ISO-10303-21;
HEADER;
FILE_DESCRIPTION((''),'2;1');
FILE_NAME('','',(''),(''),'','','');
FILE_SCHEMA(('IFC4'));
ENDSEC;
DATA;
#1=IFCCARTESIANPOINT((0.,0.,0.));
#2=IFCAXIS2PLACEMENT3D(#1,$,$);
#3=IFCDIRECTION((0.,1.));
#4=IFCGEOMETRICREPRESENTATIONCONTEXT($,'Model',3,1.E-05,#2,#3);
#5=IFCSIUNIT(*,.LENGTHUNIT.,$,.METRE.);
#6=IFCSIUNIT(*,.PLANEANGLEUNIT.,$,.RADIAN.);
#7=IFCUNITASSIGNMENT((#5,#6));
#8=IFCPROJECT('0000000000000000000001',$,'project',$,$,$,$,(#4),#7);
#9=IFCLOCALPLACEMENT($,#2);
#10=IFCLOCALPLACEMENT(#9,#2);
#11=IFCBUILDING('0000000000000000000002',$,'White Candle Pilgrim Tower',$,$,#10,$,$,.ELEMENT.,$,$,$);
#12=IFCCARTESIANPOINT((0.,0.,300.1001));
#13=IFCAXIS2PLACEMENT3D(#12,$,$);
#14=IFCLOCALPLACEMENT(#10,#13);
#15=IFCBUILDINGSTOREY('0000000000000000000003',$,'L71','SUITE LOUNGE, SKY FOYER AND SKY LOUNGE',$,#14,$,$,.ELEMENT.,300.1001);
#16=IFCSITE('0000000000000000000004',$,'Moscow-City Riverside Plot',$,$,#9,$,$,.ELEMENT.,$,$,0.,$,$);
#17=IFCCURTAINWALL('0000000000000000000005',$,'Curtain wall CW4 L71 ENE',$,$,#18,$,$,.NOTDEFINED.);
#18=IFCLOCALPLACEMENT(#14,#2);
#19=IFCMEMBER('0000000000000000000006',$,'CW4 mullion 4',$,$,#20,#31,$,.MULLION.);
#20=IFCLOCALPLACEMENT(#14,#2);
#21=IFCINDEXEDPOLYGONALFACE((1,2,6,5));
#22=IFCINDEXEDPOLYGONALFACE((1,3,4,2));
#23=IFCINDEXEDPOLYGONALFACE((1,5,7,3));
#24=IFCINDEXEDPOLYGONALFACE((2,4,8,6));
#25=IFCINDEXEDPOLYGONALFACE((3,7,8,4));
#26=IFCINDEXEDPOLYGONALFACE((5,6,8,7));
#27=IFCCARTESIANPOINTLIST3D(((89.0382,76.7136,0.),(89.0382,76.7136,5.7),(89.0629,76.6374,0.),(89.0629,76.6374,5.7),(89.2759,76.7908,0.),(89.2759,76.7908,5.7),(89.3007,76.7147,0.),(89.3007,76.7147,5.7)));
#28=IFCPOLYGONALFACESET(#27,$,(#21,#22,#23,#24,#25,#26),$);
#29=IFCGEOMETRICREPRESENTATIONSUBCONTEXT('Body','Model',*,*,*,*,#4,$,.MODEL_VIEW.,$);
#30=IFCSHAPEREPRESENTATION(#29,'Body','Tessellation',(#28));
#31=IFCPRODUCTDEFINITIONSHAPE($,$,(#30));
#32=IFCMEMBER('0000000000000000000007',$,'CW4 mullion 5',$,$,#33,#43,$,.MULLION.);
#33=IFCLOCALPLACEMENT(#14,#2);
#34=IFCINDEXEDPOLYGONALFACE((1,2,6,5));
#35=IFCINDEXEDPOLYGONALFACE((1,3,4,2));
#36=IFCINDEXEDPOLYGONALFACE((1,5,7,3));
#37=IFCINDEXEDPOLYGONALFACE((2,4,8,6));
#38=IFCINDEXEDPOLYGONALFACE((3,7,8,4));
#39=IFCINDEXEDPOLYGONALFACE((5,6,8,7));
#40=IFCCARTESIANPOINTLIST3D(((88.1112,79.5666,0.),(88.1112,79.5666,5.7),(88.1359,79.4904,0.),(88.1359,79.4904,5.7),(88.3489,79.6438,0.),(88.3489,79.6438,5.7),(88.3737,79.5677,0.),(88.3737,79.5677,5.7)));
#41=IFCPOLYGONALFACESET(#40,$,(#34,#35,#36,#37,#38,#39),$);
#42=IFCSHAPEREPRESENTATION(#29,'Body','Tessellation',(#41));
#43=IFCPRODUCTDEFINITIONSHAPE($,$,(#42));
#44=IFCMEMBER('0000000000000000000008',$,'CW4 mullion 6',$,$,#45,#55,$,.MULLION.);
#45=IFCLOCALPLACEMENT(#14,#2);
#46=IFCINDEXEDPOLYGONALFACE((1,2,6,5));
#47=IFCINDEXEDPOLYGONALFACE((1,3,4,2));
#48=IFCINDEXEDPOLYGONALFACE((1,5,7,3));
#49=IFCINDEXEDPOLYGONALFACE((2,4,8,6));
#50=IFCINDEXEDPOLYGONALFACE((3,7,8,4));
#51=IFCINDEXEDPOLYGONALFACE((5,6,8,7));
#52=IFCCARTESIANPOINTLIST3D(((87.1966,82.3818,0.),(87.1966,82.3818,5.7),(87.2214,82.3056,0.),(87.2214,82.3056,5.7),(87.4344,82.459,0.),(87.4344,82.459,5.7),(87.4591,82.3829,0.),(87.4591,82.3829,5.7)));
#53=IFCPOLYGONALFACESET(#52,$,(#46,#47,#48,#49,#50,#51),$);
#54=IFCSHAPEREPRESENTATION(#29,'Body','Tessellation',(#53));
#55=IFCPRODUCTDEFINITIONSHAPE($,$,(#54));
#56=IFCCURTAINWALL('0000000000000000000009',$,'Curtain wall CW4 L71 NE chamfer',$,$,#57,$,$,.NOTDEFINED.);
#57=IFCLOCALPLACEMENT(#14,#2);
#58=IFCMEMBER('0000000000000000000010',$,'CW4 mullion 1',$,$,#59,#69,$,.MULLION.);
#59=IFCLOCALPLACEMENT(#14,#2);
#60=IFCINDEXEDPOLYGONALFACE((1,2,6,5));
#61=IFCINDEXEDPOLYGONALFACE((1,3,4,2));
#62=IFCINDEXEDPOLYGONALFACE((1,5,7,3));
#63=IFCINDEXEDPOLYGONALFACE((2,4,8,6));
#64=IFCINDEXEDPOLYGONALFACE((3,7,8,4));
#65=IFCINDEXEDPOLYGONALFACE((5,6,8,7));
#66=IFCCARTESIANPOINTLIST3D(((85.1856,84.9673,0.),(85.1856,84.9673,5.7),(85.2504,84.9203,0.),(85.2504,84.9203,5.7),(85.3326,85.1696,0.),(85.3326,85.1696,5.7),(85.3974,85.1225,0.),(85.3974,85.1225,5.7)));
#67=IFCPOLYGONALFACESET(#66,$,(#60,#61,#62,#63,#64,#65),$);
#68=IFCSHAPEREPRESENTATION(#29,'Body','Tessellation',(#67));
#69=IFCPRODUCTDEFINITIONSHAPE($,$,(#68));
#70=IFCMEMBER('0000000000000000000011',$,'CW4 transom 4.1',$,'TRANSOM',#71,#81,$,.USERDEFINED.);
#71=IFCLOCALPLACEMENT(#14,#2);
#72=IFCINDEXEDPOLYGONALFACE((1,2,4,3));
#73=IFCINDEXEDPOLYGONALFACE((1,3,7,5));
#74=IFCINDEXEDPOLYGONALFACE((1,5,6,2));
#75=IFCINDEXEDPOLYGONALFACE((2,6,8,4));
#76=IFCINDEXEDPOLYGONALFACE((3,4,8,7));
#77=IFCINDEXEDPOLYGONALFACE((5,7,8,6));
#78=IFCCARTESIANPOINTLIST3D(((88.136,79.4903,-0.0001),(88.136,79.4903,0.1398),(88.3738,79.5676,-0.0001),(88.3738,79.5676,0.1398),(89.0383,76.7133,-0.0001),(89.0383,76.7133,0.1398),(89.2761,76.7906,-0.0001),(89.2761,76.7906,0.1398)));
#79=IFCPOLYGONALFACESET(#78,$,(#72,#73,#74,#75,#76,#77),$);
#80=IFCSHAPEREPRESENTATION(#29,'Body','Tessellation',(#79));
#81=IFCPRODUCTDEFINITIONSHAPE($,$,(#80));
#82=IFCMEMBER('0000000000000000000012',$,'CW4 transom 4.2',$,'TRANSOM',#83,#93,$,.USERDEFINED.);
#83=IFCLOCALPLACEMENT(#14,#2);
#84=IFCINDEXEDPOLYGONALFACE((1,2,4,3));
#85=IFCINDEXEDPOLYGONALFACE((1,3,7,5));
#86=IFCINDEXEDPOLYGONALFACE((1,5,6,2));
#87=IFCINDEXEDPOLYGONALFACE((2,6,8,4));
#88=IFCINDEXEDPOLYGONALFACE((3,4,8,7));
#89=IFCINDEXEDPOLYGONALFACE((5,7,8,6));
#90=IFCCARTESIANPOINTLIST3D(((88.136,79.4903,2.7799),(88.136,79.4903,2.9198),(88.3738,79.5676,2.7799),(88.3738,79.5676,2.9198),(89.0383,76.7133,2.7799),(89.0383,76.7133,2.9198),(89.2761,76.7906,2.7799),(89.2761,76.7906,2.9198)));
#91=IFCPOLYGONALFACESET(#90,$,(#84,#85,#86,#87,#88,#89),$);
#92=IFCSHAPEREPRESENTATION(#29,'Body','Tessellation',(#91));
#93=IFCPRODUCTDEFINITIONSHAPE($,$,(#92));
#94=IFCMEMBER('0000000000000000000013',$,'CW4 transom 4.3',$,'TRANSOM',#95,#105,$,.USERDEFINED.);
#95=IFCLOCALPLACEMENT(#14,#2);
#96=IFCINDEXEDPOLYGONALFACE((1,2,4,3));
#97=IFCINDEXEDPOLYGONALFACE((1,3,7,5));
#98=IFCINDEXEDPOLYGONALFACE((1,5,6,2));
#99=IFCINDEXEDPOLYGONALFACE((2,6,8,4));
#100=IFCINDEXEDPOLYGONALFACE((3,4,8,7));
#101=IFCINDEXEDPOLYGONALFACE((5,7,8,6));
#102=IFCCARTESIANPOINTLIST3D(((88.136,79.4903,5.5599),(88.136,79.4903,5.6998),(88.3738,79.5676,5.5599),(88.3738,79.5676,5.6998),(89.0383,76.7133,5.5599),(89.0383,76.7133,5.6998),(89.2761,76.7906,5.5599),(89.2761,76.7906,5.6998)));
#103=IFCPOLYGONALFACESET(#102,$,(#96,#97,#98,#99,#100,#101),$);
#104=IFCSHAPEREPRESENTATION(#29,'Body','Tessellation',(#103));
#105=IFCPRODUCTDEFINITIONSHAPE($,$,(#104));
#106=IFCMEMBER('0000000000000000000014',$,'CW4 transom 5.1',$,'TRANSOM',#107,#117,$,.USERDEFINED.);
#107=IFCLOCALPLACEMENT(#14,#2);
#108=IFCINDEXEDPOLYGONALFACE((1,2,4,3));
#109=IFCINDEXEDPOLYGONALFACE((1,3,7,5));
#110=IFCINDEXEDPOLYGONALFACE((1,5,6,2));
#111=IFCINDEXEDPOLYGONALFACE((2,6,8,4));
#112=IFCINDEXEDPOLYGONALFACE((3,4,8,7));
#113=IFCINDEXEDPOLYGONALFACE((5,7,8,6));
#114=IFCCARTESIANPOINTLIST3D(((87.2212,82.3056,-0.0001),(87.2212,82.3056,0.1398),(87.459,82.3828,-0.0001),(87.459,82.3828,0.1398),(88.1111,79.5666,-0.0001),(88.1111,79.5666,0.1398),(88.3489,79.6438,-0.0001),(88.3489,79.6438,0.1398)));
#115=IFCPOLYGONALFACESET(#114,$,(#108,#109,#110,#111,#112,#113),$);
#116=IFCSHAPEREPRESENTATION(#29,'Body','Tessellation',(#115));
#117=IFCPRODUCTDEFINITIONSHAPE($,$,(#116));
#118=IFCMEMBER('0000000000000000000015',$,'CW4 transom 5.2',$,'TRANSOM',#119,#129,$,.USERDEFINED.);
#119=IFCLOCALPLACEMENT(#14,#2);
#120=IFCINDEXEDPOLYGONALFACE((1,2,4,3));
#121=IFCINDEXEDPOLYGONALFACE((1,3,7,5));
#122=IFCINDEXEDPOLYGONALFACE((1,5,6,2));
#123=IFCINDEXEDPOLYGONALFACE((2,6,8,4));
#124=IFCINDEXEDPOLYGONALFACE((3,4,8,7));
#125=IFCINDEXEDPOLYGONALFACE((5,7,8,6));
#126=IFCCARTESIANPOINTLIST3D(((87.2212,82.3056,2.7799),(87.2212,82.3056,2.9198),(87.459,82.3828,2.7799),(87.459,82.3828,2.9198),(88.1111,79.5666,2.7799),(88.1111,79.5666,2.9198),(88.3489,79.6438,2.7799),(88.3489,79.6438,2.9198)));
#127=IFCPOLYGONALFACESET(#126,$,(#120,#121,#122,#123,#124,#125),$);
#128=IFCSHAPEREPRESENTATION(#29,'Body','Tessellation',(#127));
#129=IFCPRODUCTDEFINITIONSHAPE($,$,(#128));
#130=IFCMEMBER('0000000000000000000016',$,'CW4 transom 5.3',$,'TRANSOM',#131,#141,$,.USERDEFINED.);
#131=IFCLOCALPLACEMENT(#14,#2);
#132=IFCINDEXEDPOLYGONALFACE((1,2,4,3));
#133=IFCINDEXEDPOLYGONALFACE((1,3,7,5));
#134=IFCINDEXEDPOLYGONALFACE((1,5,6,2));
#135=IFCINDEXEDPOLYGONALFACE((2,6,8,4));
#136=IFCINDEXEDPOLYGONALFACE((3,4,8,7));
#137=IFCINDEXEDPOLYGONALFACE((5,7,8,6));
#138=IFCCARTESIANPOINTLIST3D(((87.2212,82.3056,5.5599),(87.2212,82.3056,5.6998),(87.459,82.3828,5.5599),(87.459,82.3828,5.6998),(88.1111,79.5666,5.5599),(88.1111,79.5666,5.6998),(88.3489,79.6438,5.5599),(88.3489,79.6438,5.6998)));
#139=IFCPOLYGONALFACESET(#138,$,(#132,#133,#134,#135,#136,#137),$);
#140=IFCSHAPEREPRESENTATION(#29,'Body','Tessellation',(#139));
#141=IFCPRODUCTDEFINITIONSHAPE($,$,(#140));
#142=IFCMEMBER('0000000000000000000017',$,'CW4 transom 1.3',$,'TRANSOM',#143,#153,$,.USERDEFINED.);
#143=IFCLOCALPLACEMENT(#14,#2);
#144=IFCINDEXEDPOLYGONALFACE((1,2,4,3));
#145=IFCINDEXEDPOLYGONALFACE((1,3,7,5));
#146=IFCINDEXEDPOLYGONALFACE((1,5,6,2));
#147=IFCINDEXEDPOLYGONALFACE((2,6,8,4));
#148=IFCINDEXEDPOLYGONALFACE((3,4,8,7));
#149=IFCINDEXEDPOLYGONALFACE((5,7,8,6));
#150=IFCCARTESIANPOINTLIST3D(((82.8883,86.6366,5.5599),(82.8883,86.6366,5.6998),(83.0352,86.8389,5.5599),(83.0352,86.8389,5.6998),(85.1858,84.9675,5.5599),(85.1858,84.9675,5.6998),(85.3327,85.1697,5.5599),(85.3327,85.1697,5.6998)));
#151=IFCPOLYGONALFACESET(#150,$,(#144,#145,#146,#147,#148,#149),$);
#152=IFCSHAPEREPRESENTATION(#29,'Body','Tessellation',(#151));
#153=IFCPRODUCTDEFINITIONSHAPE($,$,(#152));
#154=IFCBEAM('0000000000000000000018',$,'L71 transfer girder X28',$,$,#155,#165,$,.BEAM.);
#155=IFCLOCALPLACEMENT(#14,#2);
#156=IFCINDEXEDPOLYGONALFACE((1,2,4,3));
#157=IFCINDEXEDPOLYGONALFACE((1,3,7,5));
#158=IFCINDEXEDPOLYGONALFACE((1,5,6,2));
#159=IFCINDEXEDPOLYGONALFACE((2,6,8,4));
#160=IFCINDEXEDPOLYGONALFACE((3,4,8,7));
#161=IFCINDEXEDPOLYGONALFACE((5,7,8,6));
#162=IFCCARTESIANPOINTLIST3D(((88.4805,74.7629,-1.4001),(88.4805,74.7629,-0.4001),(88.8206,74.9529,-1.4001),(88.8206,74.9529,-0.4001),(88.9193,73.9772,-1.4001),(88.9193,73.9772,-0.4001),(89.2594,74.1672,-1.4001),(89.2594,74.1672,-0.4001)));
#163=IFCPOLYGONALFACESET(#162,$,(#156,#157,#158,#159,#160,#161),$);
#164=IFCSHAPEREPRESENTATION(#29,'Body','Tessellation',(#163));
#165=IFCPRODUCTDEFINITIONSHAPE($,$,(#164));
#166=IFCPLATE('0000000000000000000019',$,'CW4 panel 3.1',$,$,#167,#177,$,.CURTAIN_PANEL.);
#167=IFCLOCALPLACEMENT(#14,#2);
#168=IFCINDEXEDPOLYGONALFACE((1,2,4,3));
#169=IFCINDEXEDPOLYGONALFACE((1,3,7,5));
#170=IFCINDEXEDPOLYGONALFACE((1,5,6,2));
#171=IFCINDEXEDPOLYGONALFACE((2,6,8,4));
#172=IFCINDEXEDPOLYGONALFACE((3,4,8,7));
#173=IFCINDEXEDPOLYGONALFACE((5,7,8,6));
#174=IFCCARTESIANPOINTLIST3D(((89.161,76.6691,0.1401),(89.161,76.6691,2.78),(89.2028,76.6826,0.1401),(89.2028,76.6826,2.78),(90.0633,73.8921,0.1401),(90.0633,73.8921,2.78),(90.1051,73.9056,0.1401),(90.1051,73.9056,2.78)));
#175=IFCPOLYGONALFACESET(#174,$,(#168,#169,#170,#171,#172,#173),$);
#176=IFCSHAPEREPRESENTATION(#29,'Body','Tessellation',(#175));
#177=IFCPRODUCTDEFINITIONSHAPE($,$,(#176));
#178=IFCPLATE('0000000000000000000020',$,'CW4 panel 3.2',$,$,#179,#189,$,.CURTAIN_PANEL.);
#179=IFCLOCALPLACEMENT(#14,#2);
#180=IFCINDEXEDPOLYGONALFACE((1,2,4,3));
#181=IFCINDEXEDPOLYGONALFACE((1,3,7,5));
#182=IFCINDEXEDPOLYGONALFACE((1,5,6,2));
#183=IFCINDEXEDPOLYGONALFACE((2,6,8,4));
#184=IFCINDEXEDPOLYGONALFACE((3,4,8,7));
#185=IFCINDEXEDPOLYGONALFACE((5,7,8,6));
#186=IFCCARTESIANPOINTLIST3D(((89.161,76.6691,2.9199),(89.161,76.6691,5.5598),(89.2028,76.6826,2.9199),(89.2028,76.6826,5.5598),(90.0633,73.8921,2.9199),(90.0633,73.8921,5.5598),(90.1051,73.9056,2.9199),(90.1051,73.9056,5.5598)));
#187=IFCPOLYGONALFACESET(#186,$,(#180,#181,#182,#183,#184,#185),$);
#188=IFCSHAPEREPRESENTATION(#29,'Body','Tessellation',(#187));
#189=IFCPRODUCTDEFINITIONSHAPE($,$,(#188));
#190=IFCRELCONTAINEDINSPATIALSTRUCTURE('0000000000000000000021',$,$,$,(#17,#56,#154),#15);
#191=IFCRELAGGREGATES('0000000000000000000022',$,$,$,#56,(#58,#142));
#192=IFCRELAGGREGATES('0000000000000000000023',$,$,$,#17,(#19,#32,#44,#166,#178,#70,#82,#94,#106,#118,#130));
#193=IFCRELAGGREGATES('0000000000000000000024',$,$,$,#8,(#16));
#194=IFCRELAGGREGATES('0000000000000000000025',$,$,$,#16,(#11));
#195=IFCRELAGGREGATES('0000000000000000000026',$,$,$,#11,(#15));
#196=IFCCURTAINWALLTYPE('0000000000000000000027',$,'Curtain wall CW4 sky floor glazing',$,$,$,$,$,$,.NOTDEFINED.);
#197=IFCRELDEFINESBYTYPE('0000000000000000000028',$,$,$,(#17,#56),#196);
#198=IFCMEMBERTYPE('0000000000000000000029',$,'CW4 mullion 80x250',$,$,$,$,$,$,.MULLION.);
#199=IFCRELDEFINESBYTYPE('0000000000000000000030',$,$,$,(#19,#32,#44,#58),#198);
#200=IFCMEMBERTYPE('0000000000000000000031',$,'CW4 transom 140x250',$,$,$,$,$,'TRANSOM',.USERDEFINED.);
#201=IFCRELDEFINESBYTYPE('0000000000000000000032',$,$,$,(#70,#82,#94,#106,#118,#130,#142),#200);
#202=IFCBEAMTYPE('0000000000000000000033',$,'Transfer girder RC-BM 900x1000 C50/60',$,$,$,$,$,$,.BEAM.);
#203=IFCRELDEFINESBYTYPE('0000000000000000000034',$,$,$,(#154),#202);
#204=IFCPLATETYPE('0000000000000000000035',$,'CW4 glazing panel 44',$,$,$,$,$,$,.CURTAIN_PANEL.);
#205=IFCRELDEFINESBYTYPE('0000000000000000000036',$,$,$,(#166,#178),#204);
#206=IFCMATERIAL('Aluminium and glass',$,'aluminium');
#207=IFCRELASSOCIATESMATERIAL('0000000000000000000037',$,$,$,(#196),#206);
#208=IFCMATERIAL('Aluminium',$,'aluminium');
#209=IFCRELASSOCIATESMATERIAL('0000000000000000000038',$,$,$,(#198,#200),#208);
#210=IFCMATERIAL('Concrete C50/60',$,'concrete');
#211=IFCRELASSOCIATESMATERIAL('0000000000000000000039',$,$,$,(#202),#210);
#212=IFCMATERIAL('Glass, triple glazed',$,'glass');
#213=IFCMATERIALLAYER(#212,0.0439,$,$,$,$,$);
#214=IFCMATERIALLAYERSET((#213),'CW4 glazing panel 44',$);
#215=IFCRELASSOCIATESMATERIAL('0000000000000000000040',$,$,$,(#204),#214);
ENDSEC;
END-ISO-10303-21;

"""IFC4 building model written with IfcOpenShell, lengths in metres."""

from ifc_helpers import new_model, si_unit, direction, frame, origin, origin_2d, place, context, subcontext, project, spatial, rectangle, extrude, material, layer, layer_set, material_profile, profile_set, type_object, element, aggregate, save


model = new_model("IFC4")

# Units and contexts
model_context = context("Model", 3, precision=1e-05, world=origin(), true_north=direction((0.0, 1.0)))
body_context = subcontext(model_context, "Body", "Model", "MODEL_VIEW")
ifc_project = project(units=[si_unit("LENGTHUNIT", "METRE"), si_unit("PLANEANGLEUNIT", "RADIAN")], contexts=[model_context])

# Site, building, storey
site_placement = place(None, origin())
site = spatial("IfcSite", under=ifc_project, at=site_placement, Name="Moscow-City Riverside Plot", CompositionType="ELEMENT", RefElevation=0.0)
building_placement = place(site_placement, origin())
building = spatial("IfcBuilding", under=site, at=building_placement, Name="White Candle Pilgrim Tower", CompositionType="ELEMENT")
storey_placement = place(building_placement, frame((0.0, 0.0, 300.1001)))
storey = spatial("IfcBuildingStorey", under=building, at=storey_placement, Name="L71", Description="SUITE LOUNGE, SKY FOYER AND SKY LOUNGE", CompositionType="ELEMENT", Elevation=300.1001)

# Curtain wall, members
ifc_material_1 = material(Name="Aluminium and glass", Category="aluminium")
curtain_wall_type = type_object("IfcCurtainWallType", Name="Curtain wall CW4 sky floor glazing", PredefinedType="NOTDEFINED", material=ifc_material_1)
curtain_wall_1_placement = place(storey_placement, origin())
curtain_wall_1 = element("IfcCurtainWall", 1, at=curtain_wall_1_placement, inside=storey, type_object=curtain_wall_type, Name="Curtain wall CW4 L71 ENE", PredefinedType="NOTDEFINED")
ifc_material_2 = material(Name="Aluminium", Category="aluminium")
ifc_material_profile_1 = material_profile(ifc_material_2, rectangle(XDim=0.25, YDim=0.0801, at=origin_2d()), Name="CW4 mullion 80x250")
ifc_profile_set_1 = profile_set([ifc_material_profile_1], Name="Aluminium")
member_type_1 = type_object("IfcMemberType", Name="CW4 mullion 80x250", PredefinedType="MULLION", material=ifc_profile_set_1)
member_1_placement = place(storey_placement, frame((89.1694, 76.7141, 0.0), z_axis=(0.0, 0.0, 1.0), x_axis=(-0.951057, -0.309017, 0.0)))
member_1 = element("IfcMember", 2, at=member_1_placement, type_object=member_type_1, Name="CW4 mullion 4", PredefinedType="MULLION", context=body_context, shape_type="SweptSolid", body=[
    extrude(rectangle(XDim=0.25, YDim=0.0801, at=origin_2d()), origin(), (0.0, 0.0, 1.0), 5.7),
])
member_2_placement = place(storey_placement, frame((88.2424, 79.5671, 0.0), z_axis=(0.0, 0.0, 1.0), x_axis=(-0.951057, -0.309017, 0.0)))
member_2 = element("IfcMember", 3, at=member_2_placement, type_object=member_type_1, Name="CW4 mullion 5", PredefinedType="MULLION", context=body_context, shape_type="SweptSolid", body=[
    extrude(rectangle(XDim=0.25, YDim=0.0801, at=origin_2d()), origin(), (0.0, 0.0, 1.0), 5.7),
])
member_3_placement = place(storey_placement, frame((87.3279, 82.3823, 0.0), z_axis=(0.0, 0.0, 1.0), x_axis=(-0.951057, -0.309017, 0.0)))
member_3 = element("IfcMember", 4, at=member_3_placement, type_object=member_type_1, Name="CW4 mullion 6", PredefinedType="MULLION", context=body_context, shape_type="SweptSolid", body=[
    extrude(rectangle(XDim=0.25, YDim=0.0801, at=origin_2d()), origin(), (0.0, 0.0, 1.0), 5.7),
])

# Curtain wall, member
curtain_wall_2_placement = place(storey_placement, origin())
curtain_wall_2 = element("IfcCurtainWall", 5, at=curtain_wall_2_placement, inside=storey, type_object=curtain_wall_type, Name="Curtain wall CW4 L71 NE chamfer", PredefinedType="NOTDEFINED")
member_4_placement = place(storey_placement, frame((85.2915, 85.0449, 0.0), z_axis=(0.0, 0.0, 1.0), x_axis=(-0.587785, -0.809017, 0.0)))
member_4 = element("IfcMember", 6, at=member_4_placement, type_object=member_type_1, Name="CW4 mullion 1", PredefinedType="MULLION", context=body_context, shape_type="SweptSolid", body=[
    extrude(rectangle(XDim=0.25, YDim=0.0801, at=origin_2d()), origin(), (0.0, 0.0, 1.0), 5.7),
])

# Members
ifc_material_profile_2 = material_profile(ifc_material_2, rectangle(XDim=0.25, YDim=0.1399, at=origin_2d()), Name="CW4 transom 140x250")
ifc_profile_set_2 = profile_set([ifc_material_profile_2], Name="Aluminium")
member_type_2 = type_object("IfcMemberType", Name="CW4 transom 140x250", ElementType="TRANSOM", PredefinedType="USERDEFINED", material=ifc_profile_set_2)
member_5_placement = place(storey_placement, frame((89.1572, 76.752, 0.0698), z_axis=(-0.30902, 0.951056, 0.0), x_axis=(-0.951056, -0.30902, 0.0)))
member_5 = element("IfcMember", 7, at=member_5_placement, type_object=member_type_2, Name="CW4 transom 4.1", ObjectType="TRANSOM", PredefinedType="USERDEFINED", context=body_context, shape_type="SweptSolid", body=[
    extrude(rectangle(XDim=0.25, YDim=0.1399, at=origin_2d()), origin(), (0.0, 0.0, 1.0), 2.9199),
])
member_6_placement = place(storey_placement, frame((89.1572, 76.752, 2.8499), z_axis=(-0.30902, 0.951056, 0.0), x_axis=(-0.951056, -0.30902, 0.0)))
member_6 = element("IfcMember", 8, at=member_6_placement, type_object=member_type_2, Name="CW4 transom 4.2", ObjectType="TRANSOM", PredefinedType="USERDEFINED", context=body_context, shape_type="SweptSolid", body=[
    extrude(rectangle(XDim=0.25, YDim=0.1399, at=origin_2d()), origin(), (0.0, 0.0, 1.0), 2.9199),
])
member_7_placement = place(storey_placement, frame((89.1572, 76.752, 5.6299), z_axis=(-0.30902, 0.951056, 0.0), x_axis=(-0.951056, -0.30902, 0.0)))
member_7 = element("IfcMember", 9, at=member_7_placement, type_object=member_type_2, Name="CW4 transom 4.3", ObjectType="TRANSOM", PredefinedType="USERDEFINED", context=body_context, shape_type="SweptSolid", body=[
    extrude(rectangle(XDim=0.25, YDim=0.1399, at=origin_2d()), origin(), (0.0, 0.0, 1.0), 2.9199),
])
member_8_placement = place(storey_placement, frame((88.23, 79.6052, 0.0698), z_axis=(-0.308996, 0.951063, 0.0), x_axis=(-0.951063, -0.308996, 0.0)))
member_8 = element("IfcMember", 10, at=member_8_placement, type_object=member_type_2, Name="CW4 transom 5.1", ObjectType="TRANSOM", PredefinedType="USERDEFINED", context=body_context, shape_type="SweptSolid", body=[
    extrude(rectangle(XDim=0.25, YDim=0.1399, at=origin_2d()), origin(), (0.0, 0.0, 1.0), 2.8799),
])
member_9_placement = place(storey_placement, frame((88.23, 79.6052, 2.8499), z_axis=(-0.308996, 0.951063, 0.0), x_axis=(-0.951063, -0.308996, 0.0)))
member_9 = element("IfcMember", 11, at=member_9_placement, type_object=member_type_2, Name="CW4 transom 5.2", ObjectType="TRANSOM", PredefinedType="USERDEFINED", context=body_context, shape_type="SweptSolid", body=[
    extrude(rectangle(XDim=0.25, YDim=0.1399, at=origin_2d()), origin(), (0.0, 0.0, 1.0), 2.8799),
])
member_10_placement = place(storey_placement, frame((88.23, 79.6052, 5.6299), z_axis=(-0.308996, 0.951063, 0.0), x_axis=(-0.951063, -0.308996, 0.0)))
member_10 = element("IfcMember", 12, at=member_10_placement, type_object=member_type_2, Name="CW4 transom 5.3", ObjectType="TRANSOM", PredefinedType="USERDEFINED", context=body_context, shape_type="SweptSolid", body=[
    extrude(rectangle(XDim=0.25, YDim=0.1399, at=origin_2d()), origin(), (0.0, 0.0, 1.0), 2.8799),
])
member_11_placement = place(storey_placement, frame((85.2593, 85.0686, 5.6299), z_axis=(-0.809037, 0.587758, 0.0), x_axis=(-0.587758, -0.809037, 0.0)))
member_11 = element("IfcMember", 13, at=member_11_placement, type_object=member_type_2, Name="CW4 transom 1.3", ObjectType="TRANSOM", PredefinedType="USERDEFINED", context=body_context, shape_type="SweptSolid", body=[
    extrude(rectangle(XDim=0.25, YDim=0.1399, at=origin_2d()), origin(), (0.0, 0.0, 1.0), 2.8398),
])
aggregate(curtain_wall_2, [member_4, member_11])

# Beam
ifc_material_3 = material(Name="Concrete C50/60", Category="concrete")
ifc_material_profile_3 = material_profile(ifc_material_3, rectangle(XDim=0.8999, YDim=1.0, at=origin_2d()), Name="RC-BM 900x1000")
ifc_profile_set_3 = profile_set([ifc_material_profile_3], Name="Concrete C50/60")
beam_type = type_object("IfcBeamType", Name="Transfer girder RC-BM 900x1000 C50/60", PredefinedType="BEAM", material=ifc_profile_set_3)
beam_placement = place(storey_placement, frame((89.04, 74.5601, -0.9001), z_axis=(-0.873061, -0.487611, 0.0), x_axis=(0.487611, -0.873061, 0.0)))
element("IfcBeam", 14, at=beam_placement, inside=storey, type_object=beam_type, Name="L71 transfer girder X28", PredefinedType="BEAM", context=body_context, shape_type="SweptSolid", body=[
    extrude(rectangle(XDim=0.8999, YDim=1.0, at=origin_2d()), origin(), (0.0, 0.0, 1.0), 0.3896),
])

# Plates
ifc_material_4 = material(Name="Glass, triple glazed", Category="glass")
ifc_layer_1 = layer(ifc_material_4, 0.0439)
ifc_layer_set_1 = layer_set([ifc_layer_1], Name="CW4 glazing panel 44")
plate_type = type_object("IfcPlateType", Name="CW4 glazing panel 44", PredefinedType="CURTAIN_PANEL", material=ifc_layer_set_1)
plate_1_placement = place(storey_placement, frame((89.6331, 75.2874, 0.1401), z_axis=(0.0, 0.0, 1.0), x_axis=(-0.309017, 0.951057, 0.0)))
plate_1 = element("IfcPlate", 15, at=plate_1_placement, type_object=plate_type, Name="CW4 panel 3.1", PredefinedType="CURTAIN_PANEL", context=body_context, shape_type="SweptSolid", body=[
    extrude(rectangle(XDim=2.9199, YDim=0.0439, at=origin_2d()), origin(), (0.0, 0.0, 1.0), 2.6399),
])
plate_2_placement = place(storey_placement, frame((89.6331, 75.2874, 2.9199), z_axis=(0.0, 0.0, 1.0), x_axis=(-0.309017, 0.951057, 0.0)))
plate_2 = element("IfcPlate", 16, at=plate_2_placement, type_object=plate_type, Name="CW4 panel 3.2", PredefinedType="CURTAIN_PANEL", context=body_context, shape_type="SweptSolid", body=[
    extrude(rectangle(XDim=2.9199, YDim=0.0439, at=origin_2d()), origin(), (0.0, 0.0, 1.0), 2.6399),
])
aggregate(curtain_wall_1, [member_1, member_2, member_3, plate_1, plate_2, member_5, member_6, member_7, member_8, member_9, member_10])

save(model, "model.ifc")
